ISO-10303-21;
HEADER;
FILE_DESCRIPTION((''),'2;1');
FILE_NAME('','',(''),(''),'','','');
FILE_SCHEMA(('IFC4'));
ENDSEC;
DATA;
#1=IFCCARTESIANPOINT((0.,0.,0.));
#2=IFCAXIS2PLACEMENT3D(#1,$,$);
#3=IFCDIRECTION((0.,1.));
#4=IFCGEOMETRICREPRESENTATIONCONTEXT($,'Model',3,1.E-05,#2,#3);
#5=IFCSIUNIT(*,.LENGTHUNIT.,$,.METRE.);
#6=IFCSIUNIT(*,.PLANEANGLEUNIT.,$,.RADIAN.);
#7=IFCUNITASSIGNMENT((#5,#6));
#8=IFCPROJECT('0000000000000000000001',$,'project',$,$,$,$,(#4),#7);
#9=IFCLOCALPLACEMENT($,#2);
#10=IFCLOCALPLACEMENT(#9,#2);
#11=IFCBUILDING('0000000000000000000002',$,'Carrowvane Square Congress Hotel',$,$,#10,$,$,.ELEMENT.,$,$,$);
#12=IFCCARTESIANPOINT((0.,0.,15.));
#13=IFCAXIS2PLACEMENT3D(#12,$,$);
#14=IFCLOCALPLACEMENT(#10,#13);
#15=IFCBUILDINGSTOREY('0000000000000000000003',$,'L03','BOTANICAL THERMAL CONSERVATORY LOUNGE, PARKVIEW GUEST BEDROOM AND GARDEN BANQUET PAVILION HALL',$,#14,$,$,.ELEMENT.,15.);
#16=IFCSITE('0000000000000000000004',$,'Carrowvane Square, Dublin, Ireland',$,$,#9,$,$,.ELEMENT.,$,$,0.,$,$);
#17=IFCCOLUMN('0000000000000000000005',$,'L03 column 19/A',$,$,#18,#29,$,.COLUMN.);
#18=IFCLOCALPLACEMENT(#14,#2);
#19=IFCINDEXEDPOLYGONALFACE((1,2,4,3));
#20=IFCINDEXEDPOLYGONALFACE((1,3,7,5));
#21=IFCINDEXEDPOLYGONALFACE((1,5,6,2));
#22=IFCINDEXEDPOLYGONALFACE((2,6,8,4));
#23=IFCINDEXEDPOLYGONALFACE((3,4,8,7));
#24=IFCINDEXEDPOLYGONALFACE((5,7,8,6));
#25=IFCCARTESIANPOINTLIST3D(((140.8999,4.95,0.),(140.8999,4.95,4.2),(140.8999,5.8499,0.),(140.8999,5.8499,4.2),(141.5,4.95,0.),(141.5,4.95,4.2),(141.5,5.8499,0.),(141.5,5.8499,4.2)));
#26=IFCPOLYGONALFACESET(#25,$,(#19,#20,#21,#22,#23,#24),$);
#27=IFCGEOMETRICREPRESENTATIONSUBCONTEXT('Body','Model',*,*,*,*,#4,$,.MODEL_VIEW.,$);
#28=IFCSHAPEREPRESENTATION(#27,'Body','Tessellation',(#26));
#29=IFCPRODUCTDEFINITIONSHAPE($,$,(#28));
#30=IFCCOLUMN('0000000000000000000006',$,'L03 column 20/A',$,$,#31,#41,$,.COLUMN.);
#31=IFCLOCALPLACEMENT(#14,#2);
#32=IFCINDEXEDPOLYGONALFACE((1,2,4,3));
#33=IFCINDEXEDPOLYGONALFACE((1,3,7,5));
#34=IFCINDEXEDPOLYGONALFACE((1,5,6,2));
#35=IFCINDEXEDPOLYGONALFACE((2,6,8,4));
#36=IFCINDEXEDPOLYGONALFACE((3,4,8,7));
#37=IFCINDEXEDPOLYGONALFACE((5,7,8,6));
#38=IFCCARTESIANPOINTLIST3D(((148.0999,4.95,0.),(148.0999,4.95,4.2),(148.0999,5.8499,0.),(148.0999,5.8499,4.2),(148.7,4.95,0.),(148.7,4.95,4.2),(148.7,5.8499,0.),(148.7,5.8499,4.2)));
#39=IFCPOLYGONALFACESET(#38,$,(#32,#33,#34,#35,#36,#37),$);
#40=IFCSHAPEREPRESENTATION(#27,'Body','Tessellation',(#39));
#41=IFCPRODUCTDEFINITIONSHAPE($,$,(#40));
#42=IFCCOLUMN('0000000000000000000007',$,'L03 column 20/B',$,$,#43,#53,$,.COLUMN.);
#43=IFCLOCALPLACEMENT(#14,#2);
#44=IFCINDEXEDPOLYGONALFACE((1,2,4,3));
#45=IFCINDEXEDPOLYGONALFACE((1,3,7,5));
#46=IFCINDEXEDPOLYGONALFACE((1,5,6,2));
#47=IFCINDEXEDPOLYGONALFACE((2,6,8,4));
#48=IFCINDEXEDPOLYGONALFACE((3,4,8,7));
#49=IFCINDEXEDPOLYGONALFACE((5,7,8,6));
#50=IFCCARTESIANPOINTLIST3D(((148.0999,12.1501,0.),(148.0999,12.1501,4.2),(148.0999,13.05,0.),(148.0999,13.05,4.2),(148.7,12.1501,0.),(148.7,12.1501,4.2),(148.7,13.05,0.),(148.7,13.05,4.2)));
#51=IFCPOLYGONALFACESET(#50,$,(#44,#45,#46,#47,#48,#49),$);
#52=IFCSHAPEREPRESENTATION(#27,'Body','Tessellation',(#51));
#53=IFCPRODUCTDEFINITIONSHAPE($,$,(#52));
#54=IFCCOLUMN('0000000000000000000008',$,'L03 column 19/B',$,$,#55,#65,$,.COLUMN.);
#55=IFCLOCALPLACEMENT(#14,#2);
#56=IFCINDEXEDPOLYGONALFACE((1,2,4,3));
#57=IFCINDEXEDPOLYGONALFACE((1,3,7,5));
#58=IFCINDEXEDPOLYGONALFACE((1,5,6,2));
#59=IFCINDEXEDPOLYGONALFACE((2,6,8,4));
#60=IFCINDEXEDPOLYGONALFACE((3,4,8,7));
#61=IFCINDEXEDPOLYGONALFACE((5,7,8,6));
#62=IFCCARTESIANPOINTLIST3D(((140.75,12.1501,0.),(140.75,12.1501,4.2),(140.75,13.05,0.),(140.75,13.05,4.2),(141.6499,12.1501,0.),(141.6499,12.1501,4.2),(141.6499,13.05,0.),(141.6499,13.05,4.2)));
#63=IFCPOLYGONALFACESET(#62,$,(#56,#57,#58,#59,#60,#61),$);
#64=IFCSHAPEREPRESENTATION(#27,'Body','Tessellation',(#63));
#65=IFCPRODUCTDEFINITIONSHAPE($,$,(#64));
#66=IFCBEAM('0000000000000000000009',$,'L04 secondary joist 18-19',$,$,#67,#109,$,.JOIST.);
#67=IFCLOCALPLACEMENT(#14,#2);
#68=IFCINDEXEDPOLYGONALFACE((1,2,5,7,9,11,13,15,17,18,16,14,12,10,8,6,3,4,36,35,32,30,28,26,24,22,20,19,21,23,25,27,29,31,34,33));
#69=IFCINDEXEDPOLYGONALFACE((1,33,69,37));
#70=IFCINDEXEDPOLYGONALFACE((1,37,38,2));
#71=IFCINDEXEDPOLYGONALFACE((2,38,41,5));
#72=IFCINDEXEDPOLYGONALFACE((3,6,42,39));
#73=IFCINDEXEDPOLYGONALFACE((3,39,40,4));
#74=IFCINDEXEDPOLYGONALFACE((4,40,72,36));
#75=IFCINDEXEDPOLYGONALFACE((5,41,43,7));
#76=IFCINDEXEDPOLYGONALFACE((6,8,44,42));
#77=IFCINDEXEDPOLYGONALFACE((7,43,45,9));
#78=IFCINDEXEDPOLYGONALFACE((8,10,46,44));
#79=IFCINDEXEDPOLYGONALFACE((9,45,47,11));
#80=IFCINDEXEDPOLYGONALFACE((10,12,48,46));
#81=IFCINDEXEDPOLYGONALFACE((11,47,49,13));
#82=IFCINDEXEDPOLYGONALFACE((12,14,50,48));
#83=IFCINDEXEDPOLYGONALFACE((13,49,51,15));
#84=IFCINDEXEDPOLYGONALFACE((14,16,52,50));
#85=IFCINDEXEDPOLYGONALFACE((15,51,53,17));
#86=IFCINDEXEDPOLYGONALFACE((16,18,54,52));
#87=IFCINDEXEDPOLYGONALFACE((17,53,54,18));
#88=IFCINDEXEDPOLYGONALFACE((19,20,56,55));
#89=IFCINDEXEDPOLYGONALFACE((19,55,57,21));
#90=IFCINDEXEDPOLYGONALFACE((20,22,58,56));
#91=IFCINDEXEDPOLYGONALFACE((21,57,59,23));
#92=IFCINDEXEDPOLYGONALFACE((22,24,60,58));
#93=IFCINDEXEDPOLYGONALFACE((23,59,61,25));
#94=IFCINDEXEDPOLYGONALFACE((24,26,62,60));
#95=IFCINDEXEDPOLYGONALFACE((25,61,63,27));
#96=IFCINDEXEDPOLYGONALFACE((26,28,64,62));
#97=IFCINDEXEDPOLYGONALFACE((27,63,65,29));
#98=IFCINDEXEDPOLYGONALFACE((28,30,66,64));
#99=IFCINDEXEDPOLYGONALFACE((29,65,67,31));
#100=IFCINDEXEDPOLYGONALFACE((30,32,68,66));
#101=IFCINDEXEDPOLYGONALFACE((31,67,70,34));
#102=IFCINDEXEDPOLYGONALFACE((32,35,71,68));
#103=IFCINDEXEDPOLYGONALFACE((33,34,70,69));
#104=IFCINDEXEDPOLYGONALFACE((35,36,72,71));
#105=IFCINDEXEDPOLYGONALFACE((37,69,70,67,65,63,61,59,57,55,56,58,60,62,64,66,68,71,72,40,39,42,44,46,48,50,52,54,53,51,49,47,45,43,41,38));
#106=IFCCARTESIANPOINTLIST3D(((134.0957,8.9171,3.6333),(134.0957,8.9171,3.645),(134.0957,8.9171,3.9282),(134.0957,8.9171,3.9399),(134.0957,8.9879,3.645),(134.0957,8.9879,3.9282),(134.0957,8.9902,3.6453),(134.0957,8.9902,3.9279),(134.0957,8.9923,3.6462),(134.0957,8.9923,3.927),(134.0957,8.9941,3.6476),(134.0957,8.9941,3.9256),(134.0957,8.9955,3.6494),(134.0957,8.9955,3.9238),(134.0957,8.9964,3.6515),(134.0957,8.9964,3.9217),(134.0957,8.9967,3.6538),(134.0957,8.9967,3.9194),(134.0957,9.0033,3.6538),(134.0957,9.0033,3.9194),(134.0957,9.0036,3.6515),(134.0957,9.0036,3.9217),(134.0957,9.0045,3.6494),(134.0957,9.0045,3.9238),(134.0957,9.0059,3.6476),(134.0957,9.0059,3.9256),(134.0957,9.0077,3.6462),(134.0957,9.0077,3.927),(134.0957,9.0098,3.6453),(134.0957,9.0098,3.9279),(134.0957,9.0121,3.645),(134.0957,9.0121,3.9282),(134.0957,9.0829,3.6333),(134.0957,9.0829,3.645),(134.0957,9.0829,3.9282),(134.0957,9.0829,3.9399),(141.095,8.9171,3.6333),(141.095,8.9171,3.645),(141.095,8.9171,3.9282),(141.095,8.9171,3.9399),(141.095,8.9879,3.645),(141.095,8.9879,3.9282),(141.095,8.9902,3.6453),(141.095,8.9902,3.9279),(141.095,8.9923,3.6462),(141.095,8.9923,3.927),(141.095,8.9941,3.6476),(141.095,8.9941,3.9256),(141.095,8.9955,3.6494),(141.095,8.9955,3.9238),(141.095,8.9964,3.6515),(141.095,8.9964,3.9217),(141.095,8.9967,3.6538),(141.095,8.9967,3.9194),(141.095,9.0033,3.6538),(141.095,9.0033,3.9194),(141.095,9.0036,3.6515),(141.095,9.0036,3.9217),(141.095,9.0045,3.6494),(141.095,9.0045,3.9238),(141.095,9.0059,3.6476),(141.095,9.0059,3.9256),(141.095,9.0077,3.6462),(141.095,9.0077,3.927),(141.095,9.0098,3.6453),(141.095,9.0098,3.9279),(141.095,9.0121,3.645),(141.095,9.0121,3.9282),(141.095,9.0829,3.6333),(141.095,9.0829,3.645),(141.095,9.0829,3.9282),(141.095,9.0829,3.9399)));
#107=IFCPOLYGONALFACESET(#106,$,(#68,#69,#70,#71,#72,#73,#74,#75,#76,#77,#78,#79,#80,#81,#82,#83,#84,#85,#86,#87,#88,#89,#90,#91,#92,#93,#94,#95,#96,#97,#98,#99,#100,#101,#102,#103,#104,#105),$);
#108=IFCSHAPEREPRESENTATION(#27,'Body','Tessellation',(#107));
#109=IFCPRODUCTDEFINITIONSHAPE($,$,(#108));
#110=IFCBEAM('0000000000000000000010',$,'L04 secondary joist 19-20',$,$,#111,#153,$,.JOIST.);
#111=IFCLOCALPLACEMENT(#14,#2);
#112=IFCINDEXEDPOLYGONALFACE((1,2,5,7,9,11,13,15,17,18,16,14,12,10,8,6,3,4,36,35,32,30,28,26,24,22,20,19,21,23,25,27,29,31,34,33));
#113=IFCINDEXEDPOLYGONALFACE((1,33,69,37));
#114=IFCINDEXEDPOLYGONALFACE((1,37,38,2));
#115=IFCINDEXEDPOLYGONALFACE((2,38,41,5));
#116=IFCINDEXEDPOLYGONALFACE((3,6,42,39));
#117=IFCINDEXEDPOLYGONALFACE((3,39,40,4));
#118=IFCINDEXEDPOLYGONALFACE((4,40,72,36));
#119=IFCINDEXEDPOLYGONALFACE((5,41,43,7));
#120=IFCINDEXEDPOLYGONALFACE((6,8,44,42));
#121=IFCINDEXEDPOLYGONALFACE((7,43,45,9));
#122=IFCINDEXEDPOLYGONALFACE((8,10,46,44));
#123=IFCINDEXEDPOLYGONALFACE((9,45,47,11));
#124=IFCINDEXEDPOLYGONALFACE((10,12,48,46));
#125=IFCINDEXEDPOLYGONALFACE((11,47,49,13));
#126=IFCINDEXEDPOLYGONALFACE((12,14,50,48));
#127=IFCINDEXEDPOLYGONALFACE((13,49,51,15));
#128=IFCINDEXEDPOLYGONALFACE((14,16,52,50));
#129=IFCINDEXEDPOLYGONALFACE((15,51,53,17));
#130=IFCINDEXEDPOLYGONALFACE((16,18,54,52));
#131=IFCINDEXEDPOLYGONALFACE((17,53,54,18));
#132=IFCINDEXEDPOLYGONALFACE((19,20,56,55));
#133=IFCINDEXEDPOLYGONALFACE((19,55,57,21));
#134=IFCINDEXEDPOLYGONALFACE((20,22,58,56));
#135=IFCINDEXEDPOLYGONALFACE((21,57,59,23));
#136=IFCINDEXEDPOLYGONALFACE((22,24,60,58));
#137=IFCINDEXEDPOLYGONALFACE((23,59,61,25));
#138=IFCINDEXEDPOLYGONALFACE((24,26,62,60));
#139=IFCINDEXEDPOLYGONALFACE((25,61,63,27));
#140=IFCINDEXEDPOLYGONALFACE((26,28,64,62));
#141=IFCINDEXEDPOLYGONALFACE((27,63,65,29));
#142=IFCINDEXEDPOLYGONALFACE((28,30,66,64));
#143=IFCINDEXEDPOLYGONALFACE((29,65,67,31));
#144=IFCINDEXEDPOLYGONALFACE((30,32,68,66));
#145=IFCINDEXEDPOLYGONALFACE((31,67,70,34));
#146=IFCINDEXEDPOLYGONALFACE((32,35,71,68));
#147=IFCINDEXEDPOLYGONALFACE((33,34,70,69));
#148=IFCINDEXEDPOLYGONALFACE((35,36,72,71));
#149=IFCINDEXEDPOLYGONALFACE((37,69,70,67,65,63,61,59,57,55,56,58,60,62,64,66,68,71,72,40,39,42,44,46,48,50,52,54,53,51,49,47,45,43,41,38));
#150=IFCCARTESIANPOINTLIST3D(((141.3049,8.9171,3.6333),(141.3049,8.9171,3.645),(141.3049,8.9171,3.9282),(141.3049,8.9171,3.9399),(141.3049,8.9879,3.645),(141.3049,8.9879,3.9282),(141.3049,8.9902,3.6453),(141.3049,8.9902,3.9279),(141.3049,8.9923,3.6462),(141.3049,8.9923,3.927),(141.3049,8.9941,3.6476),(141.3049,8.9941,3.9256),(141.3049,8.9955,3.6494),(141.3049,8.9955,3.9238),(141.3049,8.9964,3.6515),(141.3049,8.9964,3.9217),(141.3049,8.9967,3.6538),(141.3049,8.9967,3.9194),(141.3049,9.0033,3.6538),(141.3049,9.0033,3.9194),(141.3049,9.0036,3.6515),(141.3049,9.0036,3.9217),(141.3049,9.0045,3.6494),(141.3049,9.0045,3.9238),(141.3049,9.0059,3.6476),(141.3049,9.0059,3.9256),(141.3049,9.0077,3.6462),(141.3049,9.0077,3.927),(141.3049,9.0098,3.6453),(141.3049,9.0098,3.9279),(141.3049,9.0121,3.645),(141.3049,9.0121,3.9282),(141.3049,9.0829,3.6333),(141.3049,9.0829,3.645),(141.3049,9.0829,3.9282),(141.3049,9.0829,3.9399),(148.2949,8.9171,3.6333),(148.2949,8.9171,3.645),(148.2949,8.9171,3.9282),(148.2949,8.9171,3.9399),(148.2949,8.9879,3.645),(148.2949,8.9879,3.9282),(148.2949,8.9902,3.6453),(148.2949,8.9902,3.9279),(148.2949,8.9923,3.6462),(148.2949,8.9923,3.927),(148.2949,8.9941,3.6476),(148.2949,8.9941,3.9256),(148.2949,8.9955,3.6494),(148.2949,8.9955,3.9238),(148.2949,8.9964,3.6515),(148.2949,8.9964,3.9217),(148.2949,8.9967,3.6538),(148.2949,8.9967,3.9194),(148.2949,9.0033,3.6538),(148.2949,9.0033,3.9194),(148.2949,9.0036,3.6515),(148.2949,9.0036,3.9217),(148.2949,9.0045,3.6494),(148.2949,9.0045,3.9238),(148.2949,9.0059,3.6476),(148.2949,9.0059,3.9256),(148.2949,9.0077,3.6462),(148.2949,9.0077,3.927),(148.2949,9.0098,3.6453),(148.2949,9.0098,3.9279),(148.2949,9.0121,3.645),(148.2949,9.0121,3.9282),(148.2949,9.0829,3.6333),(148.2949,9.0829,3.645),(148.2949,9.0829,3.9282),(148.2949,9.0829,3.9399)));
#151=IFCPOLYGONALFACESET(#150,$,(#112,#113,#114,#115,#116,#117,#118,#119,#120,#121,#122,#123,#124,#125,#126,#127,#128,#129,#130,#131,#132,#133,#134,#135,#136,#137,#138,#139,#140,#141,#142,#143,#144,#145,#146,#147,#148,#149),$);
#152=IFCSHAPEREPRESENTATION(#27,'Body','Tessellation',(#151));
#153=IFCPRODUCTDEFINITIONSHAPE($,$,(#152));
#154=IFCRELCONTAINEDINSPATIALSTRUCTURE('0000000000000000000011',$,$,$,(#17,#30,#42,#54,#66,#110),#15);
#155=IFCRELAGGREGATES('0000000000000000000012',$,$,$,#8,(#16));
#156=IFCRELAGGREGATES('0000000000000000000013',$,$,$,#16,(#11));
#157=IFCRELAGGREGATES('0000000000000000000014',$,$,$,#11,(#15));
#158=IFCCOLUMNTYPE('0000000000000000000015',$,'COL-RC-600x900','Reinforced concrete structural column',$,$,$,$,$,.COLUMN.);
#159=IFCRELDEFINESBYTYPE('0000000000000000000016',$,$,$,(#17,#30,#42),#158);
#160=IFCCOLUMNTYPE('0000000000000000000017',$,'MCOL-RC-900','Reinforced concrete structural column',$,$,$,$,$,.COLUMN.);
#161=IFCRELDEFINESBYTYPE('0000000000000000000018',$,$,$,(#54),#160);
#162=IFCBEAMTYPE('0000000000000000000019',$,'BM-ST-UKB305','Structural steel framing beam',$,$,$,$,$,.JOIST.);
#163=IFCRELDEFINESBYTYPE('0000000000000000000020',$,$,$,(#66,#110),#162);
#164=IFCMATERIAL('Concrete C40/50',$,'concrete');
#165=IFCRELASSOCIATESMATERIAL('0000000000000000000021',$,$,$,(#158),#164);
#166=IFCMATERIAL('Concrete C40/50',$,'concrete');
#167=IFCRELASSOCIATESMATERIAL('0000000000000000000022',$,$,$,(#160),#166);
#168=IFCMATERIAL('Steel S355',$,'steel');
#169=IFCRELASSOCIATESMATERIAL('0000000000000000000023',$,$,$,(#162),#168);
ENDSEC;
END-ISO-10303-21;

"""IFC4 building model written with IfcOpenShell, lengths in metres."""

from ifc_helpers import new_model, si_unit, direction, frame, origin, origin_2d, place, context, subcontext, project, spatial, rectangle, i_section, extrude, material, material_profile, profile_set, type_object, element, save


model = new_model("IFC4")

# Units and contexts
model_context = context("Model", 3, precision=1e-05, world=origin(), true_north=direction((0.0, 1.0)))
body_context = subcontext(model_context, "Body", "Model", "MODEL_VIEW")
ifc_project = project(units=[si_unit("LENGTHUNIT", "METRE"), si_unit("PLANEANGLEUNIT", "RADIAN")], contexts=[model_context])

# Site, building, storey
site_placement = place(None, origin())
site = spatial("IfcSite", under=ifc_project, at=site_placement, Name="Carrowvane Square, Dublin, Ireland", CompositionType="ELEMENT", RefElevation=0.0)
building_placement = place(site_placement, origin())
building = spatial("IfcBuilding", under=site, at=building_placement, Name="Carrowvane Square Congress Hotel", CompositionType="ELEMENT")
storey_placement = place(building_placement, frame((0.0, 0.0, 15.0)))
storey = spatial("IfcBuildingStorey", under=building, at=storey_placement, Name="L03", Description="BOTANICAL THERMAL CONSERVATORY LOUNGE, PARKVIEW GUEST BEDROOM AND GARDEN BANQUET PAVILION HALL", CompositionType="ELEMENT", Elevation=15.0)

# Columns
ifc_material_1 = material(Name="Concrete C40/50", Category="concrete")
ifc_material_profile_1 = material_profile(ifc_material_1, rectangle(XDim=0.6001, YDim=0.8999, at=origin_2d()), Name="RC 600x900")
ifc_profile_set_1 = profile_set([ifc_material_profile_1], Name="Concrete C40/50")
column_type_1 = type_object("IfcColumnType", Name="COL-RC-600x900", Description="Reinforced concrete structural column", PredefinedType="COLUMN", material=ifc_profile_set_1)
for number, where, z_axis, x_axis, name in (
    (1, (141.2, 5.3999, 0.0), (0.0, 0.0, 1.0), (1.0, 0.0, 0.0), "L03 column 19/A"),
    (2, (148.3999, 5.3999, 0.0), (0.0, 0.0, 1.0), (1.0, 0.0, 0.0), "L03 column 20/A"),
    (3, (148.3999, 12.6001, 0.0), (0.0, 0.0, 1.0), (1.0, 0.0, 0.0), "L03 column 20/B"),
):
    element("IfcColumn", number, at=place(storey_placement, frame(where, z_axis=z_axis, x_axis=x_axis)), inside=storey, type_object=column_type_1, Name=name, PredefinedType="COLUMN", context=body_context, shape_type="SweptSolid", body=[
        extrude(rectangle(XDim=0.6001, YDim=0.8999, at=origin_2d()), origin(), (0.0, 0.0, 1.0), 4.2),
    ])
ifc_material_2 = material(Name="Concrete C40/50", Category="concrete")
ifc_material_profile_2 = material_profile(ifc_material_2, rectangle(XDim=0.8999, YDim=0.8999, at=origin_2d()), Name="RC 900x900")
ifc_profile_set_2 = profile_set([ifc_material_profile_2], Name="Concrete C40/50")
column_type_2 = type_object("IfcColumnType", Name="MCOL-RC-900", Description="Reinforced concrete structural column", PredefinedType="COLUMN", material=ifc_profile_set_2)
column_placement = place(storey_placement, frame((141.2, 12.6001, 0.0), z_axis=(0.0, 0.0, 1.0), x_axis=(1.0, 0.0, 0.0)))
element("IfcColumn", 4, at=column_placement, inside=storey, type_object=column_type_2, Name="L03 column 19/B", PredefinedType="COLUMN", context=body_context, shape_type="SweptSolid", body=[
    extrude(rectangle(XDim=0.8999, YDim=0.8999, at=origin_2d()), origin(), (0.0, 0.0, 1.0), 4.2),
])

# Beams
ifc_material_3 = material(Name="Steel S355", Category="steel")
ifc_material_profile_3 = material_profile(ifc_material_3, i_section(OverallWidth=0.1658, OverallDepth=0.3066, WebThickness=0.0066, FlangeThickness=0.0117, FilletRadius=0.0088, at=origin_2d()), Name="UKB 305x165x46")
ifc_profile_set_3 = profile_set([ifc_material_profile_3], Name="Steel S355")
beam_type_1 = type_object("IfcBeamType", Name="BM-ST-UKB305", Description="Structural steel framing beam", PredefinedType="JOIST", material=ifc_profile_set_3)
beam_1_placement = place(storey_placement, frame((134.0957, 9.0, 3.7866), z_axis=(1.0, 0.0, 0.0), x_axis=(0.0, 1.0, 0.0)))
element("IfcBeam", 5, at=beam_1_placement, inside=storey, type_object=beam_type_1, Name="L04 secondary joist 18-19", PredefinedType="JOIST", context=body_context, shape_type="SweptSolid", body=[
    extrude(i_section(OverallWidth=0.1658, OverallDepth=0.3066, WebThickness=0.0066, FlangeThickness=0.0117, FilletRadius=0.0088, at=origin_2d()), origin(), (0.0, 0.0, 1.0), 6.9993),
])
beam_2_placement = place(storey_placement, frame((141.3049, 9.0, 3.7866), z_axis=(1.0, 0.0, 0.0), x_axis=(0.0, 1.0, 0.0)))
element("IfcBeam", 6, at=beam_2_placement, inside=storey, type_object=beam_type_1, Name="L04 secondary joist 19-20", PredefinedType="JOIST", context=body_context, shape_type="SweptSolid", body=[
    extrude(i_section(OverallWidth=0.1658, OverallDepth=0.3066, WebThickness=0.0066, FlangeThickness=0.0117, FilletRadius=0.0088, at=origin_2d()), origin(), (0.0, 0.0, 1.0), 6.99),
])

save(model, "model.ifc")
